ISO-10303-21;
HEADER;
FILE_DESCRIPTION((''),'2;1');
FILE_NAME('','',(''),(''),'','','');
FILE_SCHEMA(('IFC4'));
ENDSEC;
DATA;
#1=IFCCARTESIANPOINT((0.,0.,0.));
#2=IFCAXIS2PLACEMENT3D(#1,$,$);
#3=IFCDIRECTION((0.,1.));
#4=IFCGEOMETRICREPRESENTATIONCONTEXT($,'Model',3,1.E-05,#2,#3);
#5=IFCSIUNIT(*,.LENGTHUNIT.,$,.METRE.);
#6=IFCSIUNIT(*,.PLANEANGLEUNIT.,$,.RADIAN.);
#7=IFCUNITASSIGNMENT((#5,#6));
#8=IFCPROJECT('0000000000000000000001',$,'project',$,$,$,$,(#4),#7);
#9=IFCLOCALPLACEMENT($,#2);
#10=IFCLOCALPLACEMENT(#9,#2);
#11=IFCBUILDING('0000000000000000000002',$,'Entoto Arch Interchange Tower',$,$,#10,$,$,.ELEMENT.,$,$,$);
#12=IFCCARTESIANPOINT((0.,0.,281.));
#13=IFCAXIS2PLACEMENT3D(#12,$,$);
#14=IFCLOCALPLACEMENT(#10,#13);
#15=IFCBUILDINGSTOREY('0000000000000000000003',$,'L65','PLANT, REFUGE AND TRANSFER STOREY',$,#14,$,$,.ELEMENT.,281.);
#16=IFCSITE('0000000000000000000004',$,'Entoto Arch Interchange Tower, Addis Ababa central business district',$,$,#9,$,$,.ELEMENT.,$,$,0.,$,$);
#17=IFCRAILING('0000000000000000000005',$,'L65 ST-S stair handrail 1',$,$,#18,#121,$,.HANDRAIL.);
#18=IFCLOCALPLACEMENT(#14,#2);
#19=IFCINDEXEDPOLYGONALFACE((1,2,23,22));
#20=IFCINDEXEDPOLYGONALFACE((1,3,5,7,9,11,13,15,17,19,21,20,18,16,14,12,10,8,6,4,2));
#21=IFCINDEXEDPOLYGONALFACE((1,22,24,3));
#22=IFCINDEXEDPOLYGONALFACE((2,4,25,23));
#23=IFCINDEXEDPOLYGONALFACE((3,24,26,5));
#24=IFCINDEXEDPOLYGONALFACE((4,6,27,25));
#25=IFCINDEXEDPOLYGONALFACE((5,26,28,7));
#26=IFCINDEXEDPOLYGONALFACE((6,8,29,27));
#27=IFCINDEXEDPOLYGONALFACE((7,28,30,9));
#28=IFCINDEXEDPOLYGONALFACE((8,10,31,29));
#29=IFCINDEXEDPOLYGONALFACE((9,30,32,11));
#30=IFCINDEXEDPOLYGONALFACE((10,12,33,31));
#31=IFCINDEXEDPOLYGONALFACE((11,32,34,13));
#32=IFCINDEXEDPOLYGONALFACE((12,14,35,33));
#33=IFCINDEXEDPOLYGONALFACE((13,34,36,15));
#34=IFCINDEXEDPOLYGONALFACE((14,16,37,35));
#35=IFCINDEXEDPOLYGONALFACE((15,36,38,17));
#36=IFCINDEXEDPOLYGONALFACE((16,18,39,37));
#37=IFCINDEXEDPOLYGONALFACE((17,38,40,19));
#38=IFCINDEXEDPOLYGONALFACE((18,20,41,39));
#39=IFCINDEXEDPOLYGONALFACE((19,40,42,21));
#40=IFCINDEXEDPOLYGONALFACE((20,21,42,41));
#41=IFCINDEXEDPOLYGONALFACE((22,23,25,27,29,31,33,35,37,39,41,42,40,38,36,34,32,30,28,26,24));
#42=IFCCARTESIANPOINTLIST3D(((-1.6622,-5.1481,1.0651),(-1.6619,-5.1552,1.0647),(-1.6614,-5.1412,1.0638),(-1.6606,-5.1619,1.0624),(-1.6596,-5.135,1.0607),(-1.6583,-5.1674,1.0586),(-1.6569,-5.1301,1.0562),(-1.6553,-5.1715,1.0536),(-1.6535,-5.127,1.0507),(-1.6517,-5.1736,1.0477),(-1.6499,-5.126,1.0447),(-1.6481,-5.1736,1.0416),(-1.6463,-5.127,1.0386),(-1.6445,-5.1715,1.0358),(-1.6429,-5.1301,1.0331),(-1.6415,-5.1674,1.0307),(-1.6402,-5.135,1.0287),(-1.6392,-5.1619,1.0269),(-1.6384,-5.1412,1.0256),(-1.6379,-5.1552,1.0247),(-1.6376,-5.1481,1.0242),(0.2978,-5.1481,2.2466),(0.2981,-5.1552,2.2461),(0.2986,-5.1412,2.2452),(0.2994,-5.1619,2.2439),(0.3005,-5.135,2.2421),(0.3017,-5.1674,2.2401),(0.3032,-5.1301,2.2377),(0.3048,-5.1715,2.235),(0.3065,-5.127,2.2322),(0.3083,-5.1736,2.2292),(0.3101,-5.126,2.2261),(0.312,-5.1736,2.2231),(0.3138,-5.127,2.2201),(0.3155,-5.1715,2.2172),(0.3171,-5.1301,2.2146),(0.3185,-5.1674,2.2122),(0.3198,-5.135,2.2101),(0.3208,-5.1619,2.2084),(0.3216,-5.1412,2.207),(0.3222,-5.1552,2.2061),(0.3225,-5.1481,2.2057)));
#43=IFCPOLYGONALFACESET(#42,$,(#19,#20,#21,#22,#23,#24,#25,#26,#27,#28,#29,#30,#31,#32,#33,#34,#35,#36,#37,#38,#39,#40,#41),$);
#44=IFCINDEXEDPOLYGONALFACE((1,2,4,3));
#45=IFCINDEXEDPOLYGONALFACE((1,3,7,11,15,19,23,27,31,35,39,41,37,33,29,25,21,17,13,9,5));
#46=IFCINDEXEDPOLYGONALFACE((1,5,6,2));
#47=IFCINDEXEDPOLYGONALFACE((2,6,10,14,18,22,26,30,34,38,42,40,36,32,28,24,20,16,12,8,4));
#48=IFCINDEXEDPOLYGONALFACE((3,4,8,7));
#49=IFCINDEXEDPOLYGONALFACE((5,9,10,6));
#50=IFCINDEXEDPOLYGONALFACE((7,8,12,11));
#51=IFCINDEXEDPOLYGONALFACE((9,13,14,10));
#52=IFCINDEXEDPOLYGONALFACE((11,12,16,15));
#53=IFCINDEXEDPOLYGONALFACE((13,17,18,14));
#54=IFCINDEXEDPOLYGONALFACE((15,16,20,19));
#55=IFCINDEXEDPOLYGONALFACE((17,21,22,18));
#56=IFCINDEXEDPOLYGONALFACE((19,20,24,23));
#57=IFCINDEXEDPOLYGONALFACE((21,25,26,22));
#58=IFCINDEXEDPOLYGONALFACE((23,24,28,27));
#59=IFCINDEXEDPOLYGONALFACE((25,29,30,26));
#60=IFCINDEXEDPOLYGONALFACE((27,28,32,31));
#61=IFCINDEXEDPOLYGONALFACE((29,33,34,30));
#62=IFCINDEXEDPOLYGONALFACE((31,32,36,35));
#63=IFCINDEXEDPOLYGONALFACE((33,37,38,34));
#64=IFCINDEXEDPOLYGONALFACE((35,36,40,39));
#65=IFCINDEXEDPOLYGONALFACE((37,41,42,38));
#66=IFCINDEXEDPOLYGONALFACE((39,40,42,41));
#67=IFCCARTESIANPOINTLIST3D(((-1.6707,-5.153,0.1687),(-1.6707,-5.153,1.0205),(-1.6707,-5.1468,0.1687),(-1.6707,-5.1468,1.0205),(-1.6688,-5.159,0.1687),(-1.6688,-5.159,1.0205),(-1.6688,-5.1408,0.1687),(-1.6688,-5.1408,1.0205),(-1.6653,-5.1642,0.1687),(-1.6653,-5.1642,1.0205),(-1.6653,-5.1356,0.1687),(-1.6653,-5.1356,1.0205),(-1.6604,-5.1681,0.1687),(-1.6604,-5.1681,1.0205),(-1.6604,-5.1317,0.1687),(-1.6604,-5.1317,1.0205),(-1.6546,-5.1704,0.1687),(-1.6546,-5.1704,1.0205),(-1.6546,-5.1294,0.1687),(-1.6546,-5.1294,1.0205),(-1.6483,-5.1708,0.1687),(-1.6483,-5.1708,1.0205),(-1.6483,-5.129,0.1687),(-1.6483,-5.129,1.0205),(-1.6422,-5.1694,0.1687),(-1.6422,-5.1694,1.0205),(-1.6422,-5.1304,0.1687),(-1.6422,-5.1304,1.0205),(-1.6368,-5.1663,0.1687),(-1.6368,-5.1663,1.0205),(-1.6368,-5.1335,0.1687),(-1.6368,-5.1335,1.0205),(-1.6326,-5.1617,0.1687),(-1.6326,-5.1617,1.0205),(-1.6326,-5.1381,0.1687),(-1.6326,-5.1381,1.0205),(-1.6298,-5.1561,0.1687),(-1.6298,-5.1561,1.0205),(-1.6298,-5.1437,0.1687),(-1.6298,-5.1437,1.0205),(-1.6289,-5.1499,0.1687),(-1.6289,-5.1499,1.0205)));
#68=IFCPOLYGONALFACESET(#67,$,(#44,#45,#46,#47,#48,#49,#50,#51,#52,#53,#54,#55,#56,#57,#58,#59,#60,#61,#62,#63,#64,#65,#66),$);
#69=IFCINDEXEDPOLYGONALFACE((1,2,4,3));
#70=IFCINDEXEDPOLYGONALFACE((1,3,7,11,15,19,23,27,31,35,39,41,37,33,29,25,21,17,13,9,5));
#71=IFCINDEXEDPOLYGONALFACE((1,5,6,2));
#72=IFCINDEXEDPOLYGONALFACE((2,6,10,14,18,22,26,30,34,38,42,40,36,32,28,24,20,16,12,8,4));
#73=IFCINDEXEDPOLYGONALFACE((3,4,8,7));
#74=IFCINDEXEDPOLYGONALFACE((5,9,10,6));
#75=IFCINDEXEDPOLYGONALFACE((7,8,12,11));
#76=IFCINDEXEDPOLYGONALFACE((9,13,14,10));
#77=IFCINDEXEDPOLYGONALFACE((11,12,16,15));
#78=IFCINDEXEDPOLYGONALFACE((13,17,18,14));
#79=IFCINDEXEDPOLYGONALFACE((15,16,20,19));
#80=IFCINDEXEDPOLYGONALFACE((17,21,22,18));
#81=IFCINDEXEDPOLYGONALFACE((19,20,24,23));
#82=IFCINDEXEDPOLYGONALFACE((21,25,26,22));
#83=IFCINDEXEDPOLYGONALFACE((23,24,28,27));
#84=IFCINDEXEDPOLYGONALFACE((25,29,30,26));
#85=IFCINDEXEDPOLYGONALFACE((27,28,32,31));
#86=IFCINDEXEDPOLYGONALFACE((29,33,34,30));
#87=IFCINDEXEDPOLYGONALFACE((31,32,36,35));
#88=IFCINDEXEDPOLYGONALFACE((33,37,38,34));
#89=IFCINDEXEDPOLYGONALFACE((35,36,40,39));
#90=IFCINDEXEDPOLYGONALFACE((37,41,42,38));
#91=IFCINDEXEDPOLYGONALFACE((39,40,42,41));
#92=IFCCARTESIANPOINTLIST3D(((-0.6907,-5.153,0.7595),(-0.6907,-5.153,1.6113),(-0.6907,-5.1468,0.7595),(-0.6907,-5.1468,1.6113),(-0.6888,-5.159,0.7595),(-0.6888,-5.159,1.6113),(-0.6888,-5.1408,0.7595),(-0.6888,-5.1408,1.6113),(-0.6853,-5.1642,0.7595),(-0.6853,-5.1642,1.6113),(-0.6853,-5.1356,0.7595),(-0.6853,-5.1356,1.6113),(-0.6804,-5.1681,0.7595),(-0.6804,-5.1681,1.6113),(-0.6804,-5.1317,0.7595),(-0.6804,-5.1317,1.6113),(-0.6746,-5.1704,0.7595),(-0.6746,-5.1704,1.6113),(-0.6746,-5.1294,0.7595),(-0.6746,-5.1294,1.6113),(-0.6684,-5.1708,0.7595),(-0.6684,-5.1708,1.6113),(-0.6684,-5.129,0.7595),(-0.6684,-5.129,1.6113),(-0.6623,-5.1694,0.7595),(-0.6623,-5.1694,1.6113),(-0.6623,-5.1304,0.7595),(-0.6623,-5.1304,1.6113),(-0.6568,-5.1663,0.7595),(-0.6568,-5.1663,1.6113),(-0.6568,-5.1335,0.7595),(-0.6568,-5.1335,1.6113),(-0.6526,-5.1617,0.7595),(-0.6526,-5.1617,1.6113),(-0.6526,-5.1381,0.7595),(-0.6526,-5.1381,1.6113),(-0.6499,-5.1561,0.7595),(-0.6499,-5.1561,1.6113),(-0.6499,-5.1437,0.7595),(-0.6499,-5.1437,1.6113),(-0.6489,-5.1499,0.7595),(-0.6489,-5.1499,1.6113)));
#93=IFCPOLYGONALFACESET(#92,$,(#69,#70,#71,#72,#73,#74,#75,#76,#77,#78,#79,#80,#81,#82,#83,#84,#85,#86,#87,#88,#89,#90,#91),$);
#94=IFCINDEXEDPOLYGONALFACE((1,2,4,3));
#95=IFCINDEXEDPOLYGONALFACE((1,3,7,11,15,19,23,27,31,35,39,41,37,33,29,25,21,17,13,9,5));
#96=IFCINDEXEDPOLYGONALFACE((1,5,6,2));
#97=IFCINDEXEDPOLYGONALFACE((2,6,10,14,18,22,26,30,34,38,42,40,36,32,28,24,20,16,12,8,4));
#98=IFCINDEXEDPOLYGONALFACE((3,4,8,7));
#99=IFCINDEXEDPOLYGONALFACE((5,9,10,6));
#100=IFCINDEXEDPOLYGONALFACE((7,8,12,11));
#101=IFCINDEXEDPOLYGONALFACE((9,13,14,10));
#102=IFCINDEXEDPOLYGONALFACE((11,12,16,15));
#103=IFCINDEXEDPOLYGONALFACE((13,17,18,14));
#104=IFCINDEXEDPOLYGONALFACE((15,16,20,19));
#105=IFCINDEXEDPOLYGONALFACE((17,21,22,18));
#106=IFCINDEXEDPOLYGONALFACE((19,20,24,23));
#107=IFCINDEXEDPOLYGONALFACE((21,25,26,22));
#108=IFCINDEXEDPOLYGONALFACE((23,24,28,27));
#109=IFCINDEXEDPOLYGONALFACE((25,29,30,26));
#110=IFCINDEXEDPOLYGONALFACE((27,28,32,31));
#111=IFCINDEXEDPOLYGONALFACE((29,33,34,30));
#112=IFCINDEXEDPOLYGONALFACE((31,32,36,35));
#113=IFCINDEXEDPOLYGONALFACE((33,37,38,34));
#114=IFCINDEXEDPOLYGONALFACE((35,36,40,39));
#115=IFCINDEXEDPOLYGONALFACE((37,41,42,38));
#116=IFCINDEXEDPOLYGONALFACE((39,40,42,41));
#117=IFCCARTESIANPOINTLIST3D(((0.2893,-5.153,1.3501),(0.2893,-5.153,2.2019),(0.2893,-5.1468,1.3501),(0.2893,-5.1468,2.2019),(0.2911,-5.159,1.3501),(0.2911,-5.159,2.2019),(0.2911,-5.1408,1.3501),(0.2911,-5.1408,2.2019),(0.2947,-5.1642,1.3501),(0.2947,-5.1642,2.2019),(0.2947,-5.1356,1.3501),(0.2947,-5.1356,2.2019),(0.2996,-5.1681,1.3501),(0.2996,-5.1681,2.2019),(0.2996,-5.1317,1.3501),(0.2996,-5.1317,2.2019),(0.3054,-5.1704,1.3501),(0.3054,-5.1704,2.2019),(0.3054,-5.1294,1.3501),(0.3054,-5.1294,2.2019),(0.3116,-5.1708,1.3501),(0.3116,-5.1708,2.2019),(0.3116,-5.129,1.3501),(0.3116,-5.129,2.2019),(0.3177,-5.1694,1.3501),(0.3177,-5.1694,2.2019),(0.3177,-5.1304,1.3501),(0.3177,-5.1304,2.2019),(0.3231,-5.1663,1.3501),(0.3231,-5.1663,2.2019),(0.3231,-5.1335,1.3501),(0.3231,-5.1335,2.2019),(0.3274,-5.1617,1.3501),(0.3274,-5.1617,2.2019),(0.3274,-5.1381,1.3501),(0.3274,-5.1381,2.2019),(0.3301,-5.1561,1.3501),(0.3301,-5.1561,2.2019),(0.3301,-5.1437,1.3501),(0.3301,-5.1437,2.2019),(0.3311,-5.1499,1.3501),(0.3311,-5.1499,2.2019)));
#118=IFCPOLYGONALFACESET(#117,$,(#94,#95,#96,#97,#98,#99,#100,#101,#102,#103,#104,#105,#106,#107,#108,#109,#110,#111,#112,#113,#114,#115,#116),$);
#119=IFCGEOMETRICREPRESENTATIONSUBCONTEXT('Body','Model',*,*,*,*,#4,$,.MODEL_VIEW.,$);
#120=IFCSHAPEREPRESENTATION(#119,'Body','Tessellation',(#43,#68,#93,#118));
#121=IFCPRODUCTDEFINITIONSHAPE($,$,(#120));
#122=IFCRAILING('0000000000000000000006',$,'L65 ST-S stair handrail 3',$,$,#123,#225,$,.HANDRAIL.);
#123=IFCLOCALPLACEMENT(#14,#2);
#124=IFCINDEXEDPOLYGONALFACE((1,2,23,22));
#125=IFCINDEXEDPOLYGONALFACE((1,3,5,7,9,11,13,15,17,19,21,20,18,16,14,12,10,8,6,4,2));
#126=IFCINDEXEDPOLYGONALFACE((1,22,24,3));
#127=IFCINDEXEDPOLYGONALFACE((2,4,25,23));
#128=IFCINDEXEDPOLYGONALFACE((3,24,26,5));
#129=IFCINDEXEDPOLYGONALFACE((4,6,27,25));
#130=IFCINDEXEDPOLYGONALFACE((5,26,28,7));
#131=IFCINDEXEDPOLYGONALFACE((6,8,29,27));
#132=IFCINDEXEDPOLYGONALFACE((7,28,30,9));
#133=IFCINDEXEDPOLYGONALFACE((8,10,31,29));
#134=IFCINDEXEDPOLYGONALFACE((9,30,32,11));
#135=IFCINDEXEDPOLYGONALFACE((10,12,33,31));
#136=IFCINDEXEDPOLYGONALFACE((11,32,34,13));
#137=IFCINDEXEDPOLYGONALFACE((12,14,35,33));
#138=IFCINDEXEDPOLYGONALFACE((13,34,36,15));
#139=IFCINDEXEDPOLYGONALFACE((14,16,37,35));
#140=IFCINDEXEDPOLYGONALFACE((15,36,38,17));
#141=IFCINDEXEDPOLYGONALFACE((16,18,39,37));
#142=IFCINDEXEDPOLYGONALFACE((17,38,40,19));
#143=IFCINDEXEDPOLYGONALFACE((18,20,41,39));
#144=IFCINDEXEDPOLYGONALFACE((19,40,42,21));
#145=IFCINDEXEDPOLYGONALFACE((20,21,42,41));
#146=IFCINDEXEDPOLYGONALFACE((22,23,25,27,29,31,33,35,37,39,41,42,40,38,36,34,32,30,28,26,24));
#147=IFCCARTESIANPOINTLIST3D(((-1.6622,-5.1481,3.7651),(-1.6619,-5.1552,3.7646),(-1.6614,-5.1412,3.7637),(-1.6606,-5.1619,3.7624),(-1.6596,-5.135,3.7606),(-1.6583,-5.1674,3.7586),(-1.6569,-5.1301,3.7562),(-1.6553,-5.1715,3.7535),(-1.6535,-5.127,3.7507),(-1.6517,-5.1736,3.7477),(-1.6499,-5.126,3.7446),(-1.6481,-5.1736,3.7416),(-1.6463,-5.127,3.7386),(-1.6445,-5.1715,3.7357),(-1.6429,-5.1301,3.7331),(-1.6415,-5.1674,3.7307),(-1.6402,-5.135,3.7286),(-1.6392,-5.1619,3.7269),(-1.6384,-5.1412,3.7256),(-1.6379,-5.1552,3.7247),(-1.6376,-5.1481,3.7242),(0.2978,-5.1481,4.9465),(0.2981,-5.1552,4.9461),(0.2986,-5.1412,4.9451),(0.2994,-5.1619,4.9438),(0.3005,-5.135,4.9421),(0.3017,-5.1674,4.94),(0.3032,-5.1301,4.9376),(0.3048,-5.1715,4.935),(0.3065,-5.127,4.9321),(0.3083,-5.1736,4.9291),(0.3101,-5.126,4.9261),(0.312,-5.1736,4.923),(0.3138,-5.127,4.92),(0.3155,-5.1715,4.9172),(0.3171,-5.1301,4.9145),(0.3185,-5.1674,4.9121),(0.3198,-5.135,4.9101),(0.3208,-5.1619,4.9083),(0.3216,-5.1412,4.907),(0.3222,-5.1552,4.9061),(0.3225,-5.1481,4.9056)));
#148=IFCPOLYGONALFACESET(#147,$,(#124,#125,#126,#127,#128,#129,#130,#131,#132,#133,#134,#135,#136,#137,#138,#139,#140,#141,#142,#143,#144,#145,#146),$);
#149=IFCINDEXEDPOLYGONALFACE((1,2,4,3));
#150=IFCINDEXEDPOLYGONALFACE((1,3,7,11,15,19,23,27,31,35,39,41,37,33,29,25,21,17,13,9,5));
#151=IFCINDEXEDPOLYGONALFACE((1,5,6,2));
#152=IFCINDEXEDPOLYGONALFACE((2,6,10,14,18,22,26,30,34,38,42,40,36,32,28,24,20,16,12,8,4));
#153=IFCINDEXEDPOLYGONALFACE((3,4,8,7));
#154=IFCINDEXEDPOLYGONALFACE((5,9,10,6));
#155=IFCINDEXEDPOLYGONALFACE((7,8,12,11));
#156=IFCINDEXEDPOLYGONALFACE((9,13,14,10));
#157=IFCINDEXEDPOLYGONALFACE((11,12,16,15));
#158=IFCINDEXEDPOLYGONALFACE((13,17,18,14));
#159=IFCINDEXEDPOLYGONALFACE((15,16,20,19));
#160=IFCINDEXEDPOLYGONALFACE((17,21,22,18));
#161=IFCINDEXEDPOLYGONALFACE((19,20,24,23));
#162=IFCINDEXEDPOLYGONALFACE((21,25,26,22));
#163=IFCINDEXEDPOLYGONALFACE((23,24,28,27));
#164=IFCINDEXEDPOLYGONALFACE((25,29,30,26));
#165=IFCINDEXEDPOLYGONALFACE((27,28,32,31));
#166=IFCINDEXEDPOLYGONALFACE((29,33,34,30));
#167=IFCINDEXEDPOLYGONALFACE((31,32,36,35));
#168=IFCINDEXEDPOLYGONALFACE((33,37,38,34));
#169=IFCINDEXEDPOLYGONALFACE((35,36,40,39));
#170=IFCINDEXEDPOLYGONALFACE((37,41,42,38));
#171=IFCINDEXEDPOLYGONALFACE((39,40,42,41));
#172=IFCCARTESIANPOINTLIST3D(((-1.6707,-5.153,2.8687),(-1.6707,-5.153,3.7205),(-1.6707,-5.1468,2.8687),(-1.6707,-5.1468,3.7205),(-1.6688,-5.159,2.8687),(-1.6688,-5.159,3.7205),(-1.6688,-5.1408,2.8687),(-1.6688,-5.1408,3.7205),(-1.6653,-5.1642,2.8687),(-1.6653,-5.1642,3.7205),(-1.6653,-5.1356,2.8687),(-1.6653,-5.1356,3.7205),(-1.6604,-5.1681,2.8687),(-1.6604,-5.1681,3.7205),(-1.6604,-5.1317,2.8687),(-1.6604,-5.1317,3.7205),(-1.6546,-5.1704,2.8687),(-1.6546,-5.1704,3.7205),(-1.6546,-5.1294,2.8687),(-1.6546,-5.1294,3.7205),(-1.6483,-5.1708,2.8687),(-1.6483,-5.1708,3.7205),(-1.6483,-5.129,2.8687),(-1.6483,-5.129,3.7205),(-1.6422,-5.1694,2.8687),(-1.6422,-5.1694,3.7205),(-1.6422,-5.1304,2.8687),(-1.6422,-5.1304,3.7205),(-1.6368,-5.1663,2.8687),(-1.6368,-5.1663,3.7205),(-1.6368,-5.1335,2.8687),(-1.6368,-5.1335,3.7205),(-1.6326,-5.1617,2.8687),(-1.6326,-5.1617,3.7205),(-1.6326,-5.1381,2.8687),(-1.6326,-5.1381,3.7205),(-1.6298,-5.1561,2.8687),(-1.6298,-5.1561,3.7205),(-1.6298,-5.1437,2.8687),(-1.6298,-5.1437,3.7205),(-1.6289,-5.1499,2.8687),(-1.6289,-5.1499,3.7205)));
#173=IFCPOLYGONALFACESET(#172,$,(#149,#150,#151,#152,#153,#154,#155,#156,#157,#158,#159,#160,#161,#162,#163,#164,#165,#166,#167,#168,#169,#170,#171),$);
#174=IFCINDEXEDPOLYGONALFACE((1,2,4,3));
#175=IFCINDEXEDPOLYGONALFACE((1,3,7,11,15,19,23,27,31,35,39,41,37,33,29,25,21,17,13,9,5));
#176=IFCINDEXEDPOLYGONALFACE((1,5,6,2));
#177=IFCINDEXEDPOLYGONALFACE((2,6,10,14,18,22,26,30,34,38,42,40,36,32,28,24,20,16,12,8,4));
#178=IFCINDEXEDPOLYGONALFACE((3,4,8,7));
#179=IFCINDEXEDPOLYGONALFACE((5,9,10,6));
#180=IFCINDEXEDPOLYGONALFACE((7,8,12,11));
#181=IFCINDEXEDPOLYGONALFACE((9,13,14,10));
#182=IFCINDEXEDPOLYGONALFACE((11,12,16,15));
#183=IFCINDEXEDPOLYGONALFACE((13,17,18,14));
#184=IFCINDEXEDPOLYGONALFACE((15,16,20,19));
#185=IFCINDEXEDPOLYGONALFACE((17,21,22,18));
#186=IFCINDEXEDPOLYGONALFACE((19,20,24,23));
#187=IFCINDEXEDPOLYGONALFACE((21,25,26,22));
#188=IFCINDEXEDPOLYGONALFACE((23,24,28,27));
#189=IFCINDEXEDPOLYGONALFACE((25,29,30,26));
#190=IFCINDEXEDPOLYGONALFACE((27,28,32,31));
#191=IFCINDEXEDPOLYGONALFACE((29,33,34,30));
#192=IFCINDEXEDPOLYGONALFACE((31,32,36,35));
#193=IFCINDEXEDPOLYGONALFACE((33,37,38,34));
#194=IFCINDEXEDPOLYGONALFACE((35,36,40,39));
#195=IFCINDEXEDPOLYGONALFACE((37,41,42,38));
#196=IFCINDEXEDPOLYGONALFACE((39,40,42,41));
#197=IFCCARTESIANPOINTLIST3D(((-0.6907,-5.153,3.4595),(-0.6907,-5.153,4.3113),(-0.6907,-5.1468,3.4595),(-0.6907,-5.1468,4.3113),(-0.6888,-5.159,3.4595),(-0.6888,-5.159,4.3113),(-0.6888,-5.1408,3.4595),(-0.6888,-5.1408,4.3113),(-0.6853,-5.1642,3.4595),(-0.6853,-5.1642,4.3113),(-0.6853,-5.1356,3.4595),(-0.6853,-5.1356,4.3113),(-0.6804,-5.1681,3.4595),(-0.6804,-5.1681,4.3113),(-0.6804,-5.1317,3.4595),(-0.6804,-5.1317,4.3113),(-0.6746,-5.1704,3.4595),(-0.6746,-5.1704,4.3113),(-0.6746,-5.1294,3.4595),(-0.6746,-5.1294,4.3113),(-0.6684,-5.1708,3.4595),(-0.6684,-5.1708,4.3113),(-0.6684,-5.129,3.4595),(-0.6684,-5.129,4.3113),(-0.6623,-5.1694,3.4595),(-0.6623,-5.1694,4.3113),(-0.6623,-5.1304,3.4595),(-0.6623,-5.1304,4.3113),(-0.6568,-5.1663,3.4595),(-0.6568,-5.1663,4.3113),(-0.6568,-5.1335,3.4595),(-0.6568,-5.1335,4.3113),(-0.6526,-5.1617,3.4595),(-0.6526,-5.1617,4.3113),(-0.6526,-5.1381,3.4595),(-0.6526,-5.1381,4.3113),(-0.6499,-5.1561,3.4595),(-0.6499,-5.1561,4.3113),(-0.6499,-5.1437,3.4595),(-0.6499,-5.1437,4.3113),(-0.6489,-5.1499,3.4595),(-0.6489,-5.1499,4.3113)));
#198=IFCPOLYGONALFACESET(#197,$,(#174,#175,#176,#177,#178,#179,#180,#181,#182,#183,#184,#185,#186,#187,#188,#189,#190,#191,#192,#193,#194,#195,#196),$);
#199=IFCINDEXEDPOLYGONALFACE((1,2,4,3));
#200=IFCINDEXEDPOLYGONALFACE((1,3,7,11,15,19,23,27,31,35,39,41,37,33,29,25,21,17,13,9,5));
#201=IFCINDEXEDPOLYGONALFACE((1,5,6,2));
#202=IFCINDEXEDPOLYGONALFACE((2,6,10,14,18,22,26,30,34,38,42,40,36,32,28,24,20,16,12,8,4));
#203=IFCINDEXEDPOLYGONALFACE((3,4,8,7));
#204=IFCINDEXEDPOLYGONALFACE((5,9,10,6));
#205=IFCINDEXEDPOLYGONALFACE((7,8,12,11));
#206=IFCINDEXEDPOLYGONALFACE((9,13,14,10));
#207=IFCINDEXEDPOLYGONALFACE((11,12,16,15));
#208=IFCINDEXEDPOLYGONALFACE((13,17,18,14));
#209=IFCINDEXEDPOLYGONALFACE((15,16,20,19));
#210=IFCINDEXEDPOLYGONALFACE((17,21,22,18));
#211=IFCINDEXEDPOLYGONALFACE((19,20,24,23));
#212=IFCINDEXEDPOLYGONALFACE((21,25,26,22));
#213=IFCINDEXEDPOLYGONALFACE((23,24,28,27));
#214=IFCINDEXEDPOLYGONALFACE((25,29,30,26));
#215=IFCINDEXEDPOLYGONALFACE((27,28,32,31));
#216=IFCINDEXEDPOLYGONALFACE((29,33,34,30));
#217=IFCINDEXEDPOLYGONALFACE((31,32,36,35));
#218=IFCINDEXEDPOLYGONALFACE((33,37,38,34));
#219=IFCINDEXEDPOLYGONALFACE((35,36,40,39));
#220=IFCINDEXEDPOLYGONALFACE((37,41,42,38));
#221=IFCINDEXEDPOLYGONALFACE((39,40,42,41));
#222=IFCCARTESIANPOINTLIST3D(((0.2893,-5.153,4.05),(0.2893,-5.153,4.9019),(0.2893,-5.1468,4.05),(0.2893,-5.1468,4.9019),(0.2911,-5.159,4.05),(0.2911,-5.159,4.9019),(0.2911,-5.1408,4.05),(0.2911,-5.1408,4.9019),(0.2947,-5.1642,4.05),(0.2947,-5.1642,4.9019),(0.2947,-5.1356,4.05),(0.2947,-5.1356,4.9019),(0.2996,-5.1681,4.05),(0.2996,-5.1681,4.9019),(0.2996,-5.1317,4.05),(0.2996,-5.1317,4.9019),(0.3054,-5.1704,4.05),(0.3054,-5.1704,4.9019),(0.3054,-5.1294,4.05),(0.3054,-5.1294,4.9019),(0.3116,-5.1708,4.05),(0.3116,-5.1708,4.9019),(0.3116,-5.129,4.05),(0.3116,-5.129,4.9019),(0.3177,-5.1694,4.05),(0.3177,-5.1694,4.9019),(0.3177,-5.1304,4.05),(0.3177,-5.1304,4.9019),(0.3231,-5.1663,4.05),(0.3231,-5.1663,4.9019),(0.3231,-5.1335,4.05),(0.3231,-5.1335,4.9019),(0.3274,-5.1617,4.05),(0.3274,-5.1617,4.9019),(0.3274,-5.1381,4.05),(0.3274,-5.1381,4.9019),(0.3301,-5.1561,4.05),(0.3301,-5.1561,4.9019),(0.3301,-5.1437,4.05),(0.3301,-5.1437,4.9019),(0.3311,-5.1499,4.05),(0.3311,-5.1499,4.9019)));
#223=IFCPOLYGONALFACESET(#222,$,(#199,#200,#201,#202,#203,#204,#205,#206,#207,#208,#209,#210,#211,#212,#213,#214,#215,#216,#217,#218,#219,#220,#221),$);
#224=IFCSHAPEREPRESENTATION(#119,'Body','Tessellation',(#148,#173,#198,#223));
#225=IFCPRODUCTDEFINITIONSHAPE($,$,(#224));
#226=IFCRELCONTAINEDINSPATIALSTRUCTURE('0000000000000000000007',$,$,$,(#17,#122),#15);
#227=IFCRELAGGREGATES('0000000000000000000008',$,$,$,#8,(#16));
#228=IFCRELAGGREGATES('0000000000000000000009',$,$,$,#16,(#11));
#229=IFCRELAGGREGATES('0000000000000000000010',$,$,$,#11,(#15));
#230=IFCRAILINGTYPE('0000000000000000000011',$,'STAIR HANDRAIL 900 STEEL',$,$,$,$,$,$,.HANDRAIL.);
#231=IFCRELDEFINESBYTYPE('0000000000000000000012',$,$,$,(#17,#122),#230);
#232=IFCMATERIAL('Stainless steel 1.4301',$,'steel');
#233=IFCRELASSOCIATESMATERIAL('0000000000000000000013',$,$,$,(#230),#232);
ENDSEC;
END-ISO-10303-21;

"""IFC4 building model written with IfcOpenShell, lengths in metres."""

from ifc_helpers import new_model, si_unit, direction, frame, origin, origin_2d, place, context, subcontext, project, spatial, circle, extrude, material, type_object, element, save


model = new_model("IFC4")

# Units and contexts
model_context = context("Model", 3, precision=1e-05, world=origin(), true_north=direction((0.0, 1.0)))
body_context = subcontext(model_context, "Body", "Model", "MODEL_VIEW")
ifc_project = project(units=[si_unit("LENGTHUNIT", "METRE"), si_unit("PLANEANGLEUNIT", "RADIAN")], contexts=[model_context])

# Site, building, storey
site_placement = place(None, origin())
site = spatial("IfcSite", under=ifc_project, at=site_placement, Name="Entoto Arch Interchange Tower, Addis Ababa central business district", CompositionType="ELEMENT", RefElevation=0.0)
building_placement = place(site_placement, origin())
building = spatial("IfcBuilding", under=site, at=building_placement, Name="Entoto Arch Interchange Tower", CompositionType="ELEMENT")
storey_placement = place(building_placement, frame((0.0, 0.0, 281.0)))
storey = spatial("IfcBuildingStorey", under=building, at=storey_placement, Name="L65", Description="PLANT, REFUGE AND TRANSFER STOREY", CompositionType="ELEMENT", Elevation=281.0)

# Railings
ifc_material_1 = material(Name="Stainless steel 1.4301", Category="steel")
railing_type_1 = type_object("IfcRailingType", Name="STAIR HANDRAIL 900 STEEL", PredefinedType="HANDRAIL", material=ifc_material_1)
for number, where, name in (
    (1, (-1.6499, -5.1499, 0.1687), "L65 ST-S stair handrail 1"),
    (2, (-1.6499, -5.1499, 2.8687), "L65 ST-S stair handrail 3"),
):
    element("IfcRailing", number, at=place(storey_placement, frame(where)), inside=storey, type_object=railing_type_1, Name=name, PredefinedType="HANDRAIL", context=body_context, shape_type="SweptSolid", body=[
        extrude(circle(Radius=0.0239, at=origin_2d()), frame((0.0, 0.0, 0.876), z_axis=(0.856446, 0.0, 0.516236), x_axis=(0.0, 1.0, 0.0)), (0.0, 0.0, 1.0), 2.2886),
        extrude(circle(Radius=0.021, at=origin_2d()), origin(), (0.0, 0.0, 1.0), 0.8518),
        extrude(circle(Radius=0.021, at=origin_2d()), frame((0.98, 0.0, 0.5908)), (0.0, 0.0, 1.0), 0.8518),
        extrude(circle(Radius=0.021, at=origin_2d()), frame((1.96, 0.0, 1.1814)), (0.0, 0.0, 1.0), 0.8518),
    ])

save(model, "model.ifc")
